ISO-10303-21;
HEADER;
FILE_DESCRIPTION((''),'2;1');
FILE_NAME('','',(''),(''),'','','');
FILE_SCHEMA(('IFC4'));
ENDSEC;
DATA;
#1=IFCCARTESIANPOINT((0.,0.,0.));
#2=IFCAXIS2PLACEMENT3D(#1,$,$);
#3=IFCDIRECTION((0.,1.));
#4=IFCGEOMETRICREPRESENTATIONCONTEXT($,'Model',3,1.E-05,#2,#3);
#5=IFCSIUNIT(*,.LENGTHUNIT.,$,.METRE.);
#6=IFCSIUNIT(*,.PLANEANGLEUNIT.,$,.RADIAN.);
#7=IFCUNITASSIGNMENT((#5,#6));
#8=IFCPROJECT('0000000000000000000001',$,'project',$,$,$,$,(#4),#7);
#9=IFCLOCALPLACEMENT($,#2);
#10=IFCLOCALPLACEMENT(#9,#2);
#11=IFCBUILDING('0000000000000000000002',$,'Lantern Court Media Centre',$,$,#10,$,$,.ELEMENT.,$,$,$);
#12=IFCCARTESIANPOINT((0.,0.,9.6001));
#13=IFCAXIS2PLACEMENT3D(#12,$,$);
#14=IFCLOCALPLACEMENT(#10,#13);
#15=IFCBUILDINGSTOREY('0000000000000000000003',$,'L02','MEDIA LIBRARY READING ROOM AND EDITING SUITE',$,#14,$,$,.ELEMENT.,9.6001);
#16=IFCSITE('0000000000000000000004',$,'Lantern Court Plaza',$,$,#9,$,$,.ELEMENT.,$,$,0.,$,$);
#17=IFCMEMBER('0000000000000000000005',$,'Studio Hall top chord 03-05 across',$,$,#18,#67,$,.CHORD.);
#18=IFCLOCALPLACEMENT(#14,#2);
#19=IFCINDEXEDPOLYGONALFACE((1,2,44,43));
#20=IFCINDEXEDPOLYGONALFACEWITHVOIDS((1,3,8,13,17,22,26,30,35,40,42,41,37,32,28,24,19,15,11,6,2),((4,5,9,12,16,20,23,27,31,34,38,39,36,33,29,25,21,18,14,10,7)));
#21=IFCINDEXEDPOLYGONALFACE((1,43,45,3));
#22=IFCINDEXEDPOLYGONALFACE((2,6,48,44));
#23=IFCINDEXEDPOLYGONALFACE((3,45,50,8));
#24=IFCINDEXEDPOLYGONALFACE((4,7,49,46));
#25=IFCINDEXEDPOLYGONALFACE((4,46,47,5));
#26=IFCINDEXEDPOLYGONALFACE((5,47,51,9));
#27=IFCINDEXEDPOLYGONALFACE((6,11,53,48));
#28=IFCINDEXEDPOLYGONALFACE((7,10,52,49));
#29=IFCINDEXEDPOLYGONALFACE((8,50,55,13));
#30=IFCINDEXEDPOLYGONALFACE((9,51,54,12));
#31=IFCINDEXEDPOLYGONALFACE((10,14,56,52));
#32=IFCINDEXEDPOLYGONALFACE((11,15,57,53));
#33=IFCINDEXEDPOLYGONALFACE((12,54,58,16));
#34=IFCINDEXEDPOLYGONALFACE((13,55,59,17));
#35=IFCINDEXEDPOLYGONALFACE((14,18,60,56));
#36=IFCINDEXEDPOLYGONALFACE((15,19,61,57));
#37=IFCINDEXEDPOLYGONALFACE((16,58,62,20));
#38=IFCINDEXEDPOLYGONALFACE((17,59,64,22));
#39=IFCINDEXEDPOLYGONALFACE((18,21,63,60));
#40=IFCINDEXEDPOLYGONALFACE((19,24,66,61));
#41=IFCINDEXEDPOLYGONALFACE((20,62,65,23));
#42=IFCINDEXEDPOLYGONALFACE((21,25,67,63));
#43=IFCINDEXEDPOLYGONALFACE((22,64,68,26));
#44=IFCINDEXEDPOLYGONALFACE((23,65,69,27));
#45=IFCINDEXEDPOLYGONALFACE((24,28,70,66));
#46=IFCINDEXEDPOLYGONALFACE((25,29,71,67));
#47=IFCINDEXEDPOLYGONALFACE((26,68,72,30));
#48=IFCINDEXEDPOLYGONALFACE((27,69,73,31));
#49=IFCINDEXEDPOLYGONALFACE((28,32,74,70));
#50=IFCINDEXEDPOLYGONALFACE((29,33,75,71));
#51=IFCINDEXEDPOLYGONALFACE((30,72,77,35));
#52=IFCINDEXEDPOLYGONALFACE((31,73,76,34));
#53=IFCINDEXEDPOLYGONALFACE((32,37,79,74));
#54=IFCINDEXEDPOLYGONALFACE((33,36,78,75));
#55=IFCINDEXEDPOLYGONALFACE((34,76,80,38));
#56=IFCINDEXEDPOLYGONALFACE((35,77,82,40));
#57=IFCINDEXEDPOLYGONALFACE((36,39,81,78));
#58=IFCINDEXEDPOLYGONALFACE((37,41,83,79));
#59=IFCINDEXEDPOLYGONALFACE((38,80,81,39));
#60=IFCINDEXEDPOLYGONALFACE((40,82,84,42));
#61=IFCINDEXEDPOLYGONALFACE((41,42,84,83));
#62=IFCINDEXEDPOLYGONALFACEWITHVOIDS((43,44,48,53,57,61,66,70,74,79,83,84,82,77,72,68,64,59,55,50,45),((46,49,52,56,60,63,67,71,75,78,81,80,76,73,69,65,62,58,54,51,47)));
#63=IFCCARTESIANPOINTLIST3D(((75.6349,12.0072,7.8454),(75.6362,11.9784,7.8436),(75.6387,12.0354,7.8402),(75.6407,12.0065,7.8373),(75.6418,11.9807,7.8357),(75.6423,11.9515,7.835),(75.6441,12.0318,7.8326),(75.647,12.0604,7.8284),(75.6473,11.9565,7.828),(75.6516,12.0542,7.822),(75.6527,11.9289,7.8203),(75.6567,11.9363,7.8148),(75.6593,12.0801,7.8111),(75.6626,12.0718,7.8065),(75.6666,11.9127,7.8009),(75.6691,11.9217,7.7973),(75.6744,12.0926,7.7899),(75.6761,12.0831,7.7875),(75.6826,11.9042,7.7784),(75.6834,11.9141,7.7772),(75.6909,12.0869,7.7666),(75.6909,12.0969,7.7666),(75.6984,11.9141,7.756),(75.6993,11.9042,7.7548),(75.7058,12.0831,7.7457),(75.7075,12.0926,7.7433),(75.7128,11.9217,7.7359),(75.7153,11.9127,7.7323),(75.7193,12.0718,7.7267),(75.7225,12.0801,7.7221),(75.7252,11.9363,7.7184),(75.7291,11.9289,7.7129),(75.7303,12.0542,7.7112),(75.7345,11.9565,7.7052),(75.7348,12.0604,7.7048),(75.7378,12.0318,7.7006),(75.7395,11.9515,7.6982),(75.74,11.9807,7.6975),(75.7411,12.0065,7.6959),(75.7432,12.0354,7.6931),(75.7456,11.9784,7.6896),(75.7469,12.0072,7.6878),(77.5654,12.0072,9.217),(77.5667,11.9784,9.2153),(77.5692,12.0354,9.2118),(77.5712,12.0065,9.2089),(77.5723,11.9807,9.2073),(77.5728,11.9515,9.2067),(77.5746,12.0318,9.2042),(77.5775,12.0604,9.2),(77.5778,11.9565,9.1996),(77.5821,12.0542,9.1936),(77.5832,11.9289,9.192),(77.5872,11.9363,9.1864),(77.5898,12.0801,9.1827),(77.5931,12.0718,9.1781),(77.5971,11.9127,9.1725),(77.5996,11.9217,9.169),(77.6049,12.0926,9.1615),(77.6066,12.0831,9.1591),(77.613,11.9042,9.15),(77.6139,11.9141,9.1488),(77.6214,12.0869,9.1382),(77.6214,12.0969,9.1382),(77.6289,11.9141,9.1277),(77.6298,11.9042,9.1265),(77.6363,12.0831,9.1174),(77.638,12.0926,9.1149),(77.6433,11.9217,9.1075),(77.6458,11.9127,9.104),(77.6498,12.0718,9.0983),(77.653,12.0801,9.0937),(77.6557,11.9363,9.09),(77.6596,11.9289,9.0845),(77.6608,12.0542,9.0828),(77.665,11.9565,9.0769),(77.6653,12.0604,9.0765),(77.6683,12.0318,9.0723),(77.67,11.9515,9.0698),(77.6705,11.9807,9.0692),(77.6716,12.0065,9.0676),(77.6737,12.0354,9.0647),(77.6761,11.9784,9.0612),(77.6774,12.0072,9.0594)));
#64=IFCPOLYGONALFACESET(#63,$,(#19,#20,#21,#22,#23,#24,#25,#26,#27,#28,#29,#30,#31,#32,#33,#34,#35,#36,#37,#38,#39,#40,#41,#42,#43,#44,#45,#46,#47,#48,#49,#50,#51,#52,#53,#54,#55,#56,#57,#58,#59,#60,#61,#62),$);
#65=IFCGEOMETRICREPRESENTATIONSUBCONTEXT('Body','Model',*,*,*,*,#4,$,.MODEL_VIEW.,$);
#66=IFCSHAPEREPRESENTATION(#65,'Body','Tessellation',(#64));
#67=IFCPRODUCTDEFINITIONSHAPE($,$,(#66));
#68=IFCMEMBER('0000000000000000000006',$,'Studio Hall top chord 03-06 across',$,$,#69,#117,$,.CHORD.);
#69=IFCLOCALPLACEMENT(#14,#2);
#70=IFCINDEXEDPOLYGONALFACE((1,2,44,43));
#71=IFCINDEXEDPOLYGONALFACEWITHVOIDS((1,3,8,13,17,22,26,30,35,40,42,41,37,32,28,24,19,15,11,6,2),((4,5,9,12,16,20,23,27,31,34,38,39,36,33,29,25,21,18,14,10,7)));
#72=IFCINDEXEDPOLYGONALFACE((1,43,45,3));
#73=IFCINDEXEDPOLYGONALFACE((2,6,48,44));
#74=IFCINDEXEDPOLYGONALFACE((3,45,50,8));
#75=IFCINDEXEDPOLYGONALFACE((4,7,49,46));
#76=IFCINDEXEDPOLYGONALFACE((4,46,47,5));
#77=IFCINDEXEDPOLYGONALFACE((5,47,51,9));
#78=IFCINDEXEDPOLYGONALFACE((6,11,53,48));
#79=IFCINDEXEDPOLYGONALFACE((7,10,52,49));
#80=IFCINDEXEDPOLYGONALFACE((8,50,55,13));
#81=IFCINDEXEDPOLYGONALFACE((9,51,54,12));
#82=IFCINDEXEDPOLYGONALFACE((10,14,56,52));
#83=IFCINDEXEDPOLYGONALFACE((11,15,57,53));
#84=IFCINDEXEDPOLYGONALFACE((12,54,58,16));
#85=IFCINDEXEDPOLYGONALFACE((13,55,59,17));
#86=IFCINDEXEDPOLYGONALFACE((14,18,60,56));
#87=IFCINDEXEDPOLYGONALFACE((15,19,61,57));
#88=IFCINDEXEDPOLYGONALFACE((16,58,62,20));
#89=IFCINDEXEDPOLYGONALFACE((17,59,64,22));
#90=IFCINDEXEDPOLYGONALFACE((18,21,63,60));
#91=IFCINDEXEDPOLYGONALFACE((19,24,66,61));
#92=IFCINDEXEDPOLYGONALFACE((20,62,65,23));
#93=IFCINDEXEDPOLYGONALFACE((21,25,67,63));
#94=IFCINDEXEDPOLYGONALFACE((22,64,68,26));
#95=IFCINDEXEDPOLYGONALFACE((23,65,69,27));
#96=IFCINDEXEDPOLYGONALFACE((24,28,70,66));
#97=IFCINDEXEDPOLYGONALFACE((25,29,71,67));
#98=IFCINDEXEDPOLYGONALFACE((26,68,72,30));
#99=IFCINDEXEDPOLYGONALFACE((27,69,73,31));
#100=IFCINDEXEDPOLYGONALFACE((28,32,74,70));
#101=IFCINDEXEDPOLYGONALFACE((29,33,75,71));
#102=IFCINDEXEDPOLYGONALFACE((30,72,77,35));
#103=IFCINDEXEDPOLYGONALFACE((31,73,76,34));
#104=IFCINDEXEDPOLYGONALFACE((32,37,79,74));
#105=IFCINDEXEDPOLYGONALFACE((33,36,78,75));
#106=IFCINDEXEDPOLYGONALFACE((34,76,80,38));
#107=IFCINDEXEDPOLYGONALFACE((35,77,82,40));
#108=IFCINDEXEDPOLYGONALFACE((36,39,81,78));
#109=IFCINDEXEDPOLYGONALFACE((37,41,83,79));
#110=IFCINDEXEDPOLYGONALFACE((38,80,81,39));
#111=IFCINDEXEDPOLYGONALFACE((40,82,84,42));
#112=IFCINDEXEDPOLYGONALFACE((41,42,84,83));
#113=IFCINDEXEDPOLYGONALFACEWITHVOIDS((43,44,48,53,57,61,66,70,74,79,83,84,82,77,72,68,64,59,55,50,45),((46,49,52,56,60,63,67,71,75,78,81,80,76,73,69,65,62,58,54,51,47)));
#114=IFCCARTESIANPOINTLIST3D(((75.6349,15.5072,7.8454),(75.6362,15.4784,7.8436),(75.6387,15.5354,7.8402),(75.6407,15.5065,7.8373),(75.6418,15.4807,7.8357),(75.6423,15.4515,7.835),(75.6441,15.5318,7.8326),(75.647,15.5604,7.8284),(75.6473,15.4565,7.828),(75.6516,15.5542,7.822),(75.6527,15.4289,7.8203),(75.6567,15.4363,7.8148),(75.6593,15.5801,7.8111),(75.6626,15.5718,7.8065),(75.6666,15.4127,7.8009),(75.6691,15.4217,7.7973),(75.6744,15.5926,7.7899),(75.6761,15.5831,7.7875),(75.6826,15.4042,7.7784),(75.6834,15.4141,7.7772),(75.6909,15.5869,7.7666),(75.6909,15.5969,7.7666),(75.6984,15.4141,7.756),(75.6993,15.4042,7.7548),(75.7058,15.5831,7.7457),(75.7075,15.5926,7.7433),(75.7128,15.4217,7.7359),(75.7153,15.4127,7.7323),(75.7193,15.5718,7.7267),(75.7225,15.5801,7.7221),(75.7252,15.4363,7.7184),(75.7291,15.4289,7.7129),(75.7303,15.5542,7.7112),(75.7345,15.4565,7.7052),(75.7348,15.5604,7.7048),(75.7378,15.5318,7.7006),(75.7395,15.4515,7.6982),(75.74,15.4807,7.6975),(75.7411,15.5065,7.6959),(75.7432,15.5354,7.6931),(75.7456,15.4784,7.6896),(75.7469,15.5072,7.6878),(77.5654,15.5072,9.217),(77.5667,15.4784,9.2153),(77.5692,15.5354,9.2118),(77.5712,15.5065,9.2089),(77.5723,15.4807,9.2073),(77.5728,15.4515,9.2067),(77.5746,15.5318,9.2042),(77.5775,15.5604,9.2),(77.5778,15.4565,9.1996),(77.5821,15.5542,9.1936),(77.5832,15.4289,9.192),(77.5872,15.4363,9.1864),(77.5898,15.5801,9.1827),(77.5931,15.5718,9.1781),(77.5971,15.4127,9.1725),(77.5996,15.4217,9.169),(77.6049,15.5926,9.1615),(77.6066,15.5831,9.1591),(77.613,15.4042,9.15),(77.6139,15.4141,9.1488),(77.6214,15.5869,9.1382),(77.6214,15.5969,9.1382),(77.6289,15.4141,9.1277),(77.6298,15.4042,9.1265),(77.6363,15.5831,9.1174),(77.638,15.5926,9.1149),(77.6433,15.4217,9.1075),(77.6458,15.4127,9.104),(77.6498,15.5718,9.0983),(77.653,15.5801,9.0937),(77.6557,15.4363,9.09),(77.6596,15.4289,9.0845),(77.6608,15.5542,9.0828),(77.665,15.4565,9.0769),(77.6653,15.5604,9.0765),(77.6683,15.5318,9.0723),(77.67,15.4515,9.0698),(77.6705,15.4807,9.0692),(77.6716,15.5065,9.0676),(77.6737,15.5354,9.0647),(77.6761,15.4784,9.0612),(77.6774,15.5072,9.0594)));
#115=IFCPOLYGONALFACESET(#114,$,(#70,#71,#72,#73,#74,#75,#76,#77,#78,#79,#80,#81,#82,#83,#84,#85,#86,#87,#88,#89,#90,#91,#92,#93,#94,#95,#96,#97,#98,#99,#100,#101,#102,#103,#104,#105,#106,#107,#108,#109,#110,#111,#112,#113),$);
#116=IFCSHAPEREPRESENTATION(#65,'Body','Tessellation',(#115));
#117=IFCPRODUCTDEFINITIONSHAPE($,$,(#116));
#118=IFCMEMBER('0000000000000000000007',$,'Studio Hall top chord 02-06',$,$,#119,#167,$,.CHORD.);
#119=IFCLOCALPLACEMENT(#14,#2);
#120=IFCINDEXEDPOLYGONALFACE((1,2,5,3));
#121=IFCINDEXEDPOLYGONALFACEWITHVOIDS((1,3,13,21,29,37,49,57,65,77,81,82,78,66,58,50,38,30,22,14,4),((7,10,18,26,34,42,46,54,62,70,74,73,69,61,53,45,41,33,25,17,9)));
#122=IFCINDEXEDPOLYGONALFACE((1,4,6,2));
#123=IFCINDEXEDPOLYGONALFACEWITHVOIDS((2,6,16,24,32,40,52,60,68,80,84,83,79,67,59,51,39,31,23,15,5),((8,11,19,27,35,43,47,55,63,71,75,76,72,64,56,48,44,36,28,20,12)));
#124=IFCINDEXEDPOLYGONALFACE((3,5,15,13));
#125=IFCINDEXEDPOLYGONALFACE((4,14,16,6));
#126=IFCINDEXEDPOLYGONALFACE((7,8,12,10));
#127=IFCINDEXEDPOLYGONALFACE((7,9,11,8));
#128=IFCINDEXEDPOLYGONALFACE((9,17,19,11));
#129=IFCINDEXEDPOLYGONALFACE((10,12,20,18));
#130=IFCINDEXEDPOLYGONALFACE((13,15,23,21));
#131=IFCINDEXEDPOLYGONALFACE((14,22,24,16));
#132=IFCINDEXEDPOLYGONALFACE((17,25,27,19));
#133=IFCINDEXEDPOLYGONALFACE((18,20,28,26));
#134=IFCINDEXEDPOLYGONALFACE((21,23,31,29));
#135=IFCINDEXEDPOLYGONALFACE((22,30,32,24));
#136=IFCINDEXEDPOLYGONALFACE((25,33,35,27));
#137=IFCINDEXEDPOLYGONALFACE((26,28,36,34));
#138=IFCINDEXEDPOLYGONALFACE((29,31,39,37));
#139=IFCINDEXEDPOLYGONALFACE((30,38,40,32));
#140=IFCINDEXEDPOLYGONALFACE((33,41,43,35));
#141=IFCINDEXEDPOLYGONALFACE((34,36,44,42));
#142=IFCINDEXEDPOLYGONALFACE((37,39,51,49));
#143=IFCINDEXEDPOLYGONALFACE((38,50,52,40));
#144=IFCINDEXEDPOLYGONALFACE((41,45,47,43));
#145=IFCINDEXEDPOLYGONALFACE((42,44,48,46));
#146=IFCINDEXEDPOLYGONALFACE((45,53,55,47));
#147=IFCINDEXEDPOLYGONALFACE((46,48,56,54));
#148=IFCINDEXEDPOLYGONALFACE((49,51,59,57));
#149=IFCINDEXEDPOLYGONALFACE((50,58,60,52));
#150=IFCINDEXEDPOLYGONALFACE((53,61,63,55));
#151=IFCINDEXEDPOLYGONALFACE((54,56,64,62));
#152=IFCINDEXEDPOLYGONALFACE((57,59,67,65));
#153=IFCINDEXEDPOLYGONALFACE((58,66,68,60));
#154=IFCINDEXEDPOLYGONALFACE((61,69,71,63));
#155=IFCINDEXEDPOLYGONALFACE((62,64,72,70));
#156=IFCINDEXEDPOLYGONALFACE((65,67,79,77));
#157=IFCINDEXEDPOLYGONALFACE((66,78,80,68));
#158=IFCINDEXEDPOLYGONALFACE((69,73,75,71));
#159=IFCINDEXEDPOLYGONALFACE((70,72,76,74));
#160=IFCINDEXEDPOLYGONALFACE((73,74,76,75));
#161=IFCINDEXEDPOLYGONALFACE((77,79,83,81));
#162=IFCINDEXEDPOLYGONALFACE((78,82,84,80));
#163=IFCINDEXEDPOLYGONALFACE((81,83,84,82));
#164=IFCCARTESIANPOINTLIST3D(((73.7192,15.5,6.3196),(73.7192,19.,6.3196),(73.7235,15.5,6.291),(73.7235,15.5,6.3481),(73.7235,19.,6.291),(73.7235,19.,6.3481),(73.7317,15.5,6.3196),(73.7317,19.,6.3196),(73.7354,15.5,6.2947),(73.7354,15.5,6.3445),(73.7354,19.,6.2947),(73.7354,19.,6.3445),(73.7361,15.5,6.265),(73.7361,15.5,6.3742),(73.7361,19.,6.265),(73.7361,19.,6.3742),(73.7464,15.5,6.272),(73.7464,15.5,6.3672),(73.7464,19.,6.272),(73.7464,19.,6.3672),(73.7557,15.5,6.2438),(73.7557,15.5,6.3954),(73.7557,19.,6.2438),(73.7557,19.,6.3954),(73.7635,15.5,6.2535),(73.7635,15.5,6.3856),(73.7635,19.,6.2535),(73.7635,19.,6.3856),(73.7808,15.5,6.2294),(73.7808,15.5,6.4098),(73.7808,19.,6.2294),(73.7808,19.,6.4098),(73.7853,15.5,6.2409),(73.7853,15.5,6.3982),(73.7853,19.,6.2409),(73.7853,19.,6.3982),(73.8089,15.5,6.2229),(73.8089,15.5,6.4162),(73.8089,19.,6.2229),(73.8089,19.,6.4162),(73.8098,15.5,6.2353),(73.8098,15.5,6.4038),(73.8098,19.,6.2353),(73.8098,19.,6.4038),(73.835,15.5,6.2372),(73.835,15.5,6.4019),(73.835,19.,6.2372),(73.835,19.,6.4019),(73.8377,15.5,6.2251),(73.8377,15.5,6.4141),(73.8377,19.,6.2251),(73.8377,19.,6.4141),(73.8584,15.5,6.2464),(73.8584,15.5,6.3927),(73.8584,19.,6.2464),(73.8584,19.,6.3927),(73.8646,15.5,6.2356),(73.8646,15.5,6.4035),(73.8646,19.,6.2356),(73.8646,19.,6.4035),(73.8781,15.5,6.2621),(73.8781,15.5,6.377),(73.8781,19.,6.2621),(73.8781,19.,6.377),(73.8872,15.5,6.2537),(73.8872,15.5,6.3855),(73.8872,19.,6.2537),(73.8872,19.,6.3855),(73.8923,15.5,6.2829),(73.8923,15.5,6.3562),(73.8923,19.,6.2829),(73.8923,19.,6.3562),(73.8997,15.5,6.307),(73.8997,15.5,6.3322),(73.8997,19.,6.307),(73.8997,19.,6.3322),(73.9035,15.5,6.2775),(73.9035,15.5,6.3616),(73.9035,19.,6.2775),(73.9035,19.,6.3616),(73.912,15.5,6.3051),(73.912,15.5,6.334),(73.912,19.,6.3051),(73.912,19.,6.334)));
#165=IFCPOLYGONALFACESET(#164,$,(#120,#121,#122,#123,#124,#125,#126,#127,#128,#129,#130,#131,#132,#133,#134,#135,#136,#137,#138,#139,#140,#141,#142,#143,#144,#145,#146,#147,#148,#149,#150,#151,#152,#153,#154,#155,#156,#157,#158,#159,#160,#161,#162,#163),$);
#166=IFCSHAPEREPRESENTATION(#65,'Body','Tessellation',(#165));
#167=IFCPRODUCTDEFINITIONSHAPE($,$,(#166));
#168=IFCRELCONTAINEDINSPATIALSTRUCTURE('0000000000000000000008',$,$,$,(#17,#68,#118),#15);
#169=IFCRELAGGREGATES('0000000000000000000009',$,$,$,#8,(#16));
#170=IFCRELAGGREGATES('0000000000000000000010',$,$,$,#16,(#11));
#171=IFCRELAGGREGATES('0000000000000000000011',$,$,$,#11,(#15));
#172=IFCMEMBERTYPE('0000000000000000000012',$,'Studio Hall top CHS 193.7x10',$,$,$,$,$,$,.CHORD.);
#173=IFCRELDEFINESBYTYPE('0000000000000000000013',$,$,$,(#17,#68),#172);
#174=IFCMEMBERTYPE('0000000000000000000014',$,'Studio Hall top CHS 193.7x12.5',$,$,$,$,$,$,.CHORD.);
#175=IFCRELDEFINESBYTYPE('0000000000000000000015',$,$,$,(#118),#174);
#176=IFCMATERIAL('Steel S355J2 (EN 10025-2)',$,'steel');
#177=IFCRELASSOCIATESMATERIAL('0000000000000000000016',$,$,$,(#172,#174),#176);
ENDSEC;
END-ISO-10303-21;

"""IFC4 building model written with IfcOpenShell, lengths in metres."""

from ifc_helpers import new_model, si_unit, direction, frame, origin, origin_2d, place, context, subcontext, project, spatial, hollow_circle, extrude, material, material_profile, profile_set, type_object, element, save


model = new_model("IFC4")

# Units and contexts
model_context = context("Model", 3, precision=1e-05, world=origin(), true_north=direction((0.0, 1.0)))
body_context = subcontext(model_context, "Body", "Model", "MODEL_VIEW")
ifc_project = project(units=[si_unit("LENGTHUNIT", "METRE"), si_unit("PLANEANGLEUNIT", "RADIAN")], contexts=[model_context])

# Site, building, storey
site_placement = place(None, origin())
site = spatial("IfcSite", under=ifc_project, at=site_placement, Name="Lantern Court Plaza", CompositionType="ELEMENT", RefElevation=0.0)
building_placement = place(site_placement, origin())
building = spatial("IfcBuilding", under=site, at=building_placement, Name="Lantern Court Media Centre", CompositionType="ELEMENT")
storey_placement = place(building_placement, frame((0.0, 0.0, 9.6001)))
storey = spatial("IfcBuildingStorey", under=building, at=storey_placement, Name="L02", Description="MEDIA LIBRARY READING ROOM AND EDITING SUITE", CompositionType="ELEMENT", Elevation=9.6001)

# Members
ifc_material_1 = material(Name="Steel S355J2 (EN 10025-2)", Category="steel")
ifc_material_profile_1 = material_profile(ifc_material_1, hollow_circle(Radius=0.0969, WallThickness=0.01, at=origin_2d()), Name="Studio Hall top CHS 193.7x10")
ifc_profile_set_1 = profile_set([ifc_material_profile_1], Name="Steel S355J2 (EN 10025-2)")
member_type_1 = type_object("IfcMemberType", Name="Studio Hall top CHS 193.7x10", PredefinedType="CHORD", material=ifc_profile_set_1)
for number, where, z_axis, x_axis, name in (
    (1, (75.6909, 12.0, 7.7666), (0.815187, 0.0, 0.579198), (0.0, 1.0, 0.0), "Studio Hall top chord 03-05 across"),
    (2, (75.6909, 15.5, 7.7666), (0.815187, 0.0, 0.579198), (0.0, 1.0, 0.0), "Studio Hall top chord 03-06 across"),
):
    element("IfcMember", number, at=place(storey_placement, frame(where, z_axis=z_axis, x_axis=x_axis)), inside=storey, type_object=member_type_1, Name=name, PredefinedType="CHORD", context=body_context, shape_type="SweptSolid", body=[
        extrude(hollow_circle(Radius=0.0969, WallThickness=0.01, at=origin_2d()), origin(), (0.0, 0.0, 1.0), 2.3682),
    ])
ifc_material_profile_2 = material_profile(ifc_material_1, hollow_circle(Radius=0.0969, WallThickness=0.0125, at=origin_2d()), Name="Studio Hall top CHS 193.7x12.5")
ifc_profile_set_2 = profile_set([ifc_material_profile_2], Name="Steel S355J2 (EN 10025-2)")
member_type_2 = type_object("IfcMemberType", Name="Studio Hall top CHS 193.7x12.5", PredefinedType="CHORD", material=ifc_profile_set_2)
for number, where, z_axis, x_axis, name in (
    (3, (73.8162, 15.5, 6.3196), (0.0, 1.0, 0.0), (-1.0, 0.0, 0.0), "Studio Hall top chord 02-06"),
):
    element("IfcMember", number, at=place(storey_placement, frame(where, z_axis=z_axis, x_axis=x_axis)), inside=storey, type_object=member_type_2, Name=name, PredefinedType="CHORD", context=body_context, shape_type="SweptSolid", body=[
        extrude(hollow_circle(Radius=0.0969, WallThickness=0.0125, at=origin_2d()), origin(), (0.0, 0.0, 1.0), 3.5),
    ])

save(model, "model.ifc")
